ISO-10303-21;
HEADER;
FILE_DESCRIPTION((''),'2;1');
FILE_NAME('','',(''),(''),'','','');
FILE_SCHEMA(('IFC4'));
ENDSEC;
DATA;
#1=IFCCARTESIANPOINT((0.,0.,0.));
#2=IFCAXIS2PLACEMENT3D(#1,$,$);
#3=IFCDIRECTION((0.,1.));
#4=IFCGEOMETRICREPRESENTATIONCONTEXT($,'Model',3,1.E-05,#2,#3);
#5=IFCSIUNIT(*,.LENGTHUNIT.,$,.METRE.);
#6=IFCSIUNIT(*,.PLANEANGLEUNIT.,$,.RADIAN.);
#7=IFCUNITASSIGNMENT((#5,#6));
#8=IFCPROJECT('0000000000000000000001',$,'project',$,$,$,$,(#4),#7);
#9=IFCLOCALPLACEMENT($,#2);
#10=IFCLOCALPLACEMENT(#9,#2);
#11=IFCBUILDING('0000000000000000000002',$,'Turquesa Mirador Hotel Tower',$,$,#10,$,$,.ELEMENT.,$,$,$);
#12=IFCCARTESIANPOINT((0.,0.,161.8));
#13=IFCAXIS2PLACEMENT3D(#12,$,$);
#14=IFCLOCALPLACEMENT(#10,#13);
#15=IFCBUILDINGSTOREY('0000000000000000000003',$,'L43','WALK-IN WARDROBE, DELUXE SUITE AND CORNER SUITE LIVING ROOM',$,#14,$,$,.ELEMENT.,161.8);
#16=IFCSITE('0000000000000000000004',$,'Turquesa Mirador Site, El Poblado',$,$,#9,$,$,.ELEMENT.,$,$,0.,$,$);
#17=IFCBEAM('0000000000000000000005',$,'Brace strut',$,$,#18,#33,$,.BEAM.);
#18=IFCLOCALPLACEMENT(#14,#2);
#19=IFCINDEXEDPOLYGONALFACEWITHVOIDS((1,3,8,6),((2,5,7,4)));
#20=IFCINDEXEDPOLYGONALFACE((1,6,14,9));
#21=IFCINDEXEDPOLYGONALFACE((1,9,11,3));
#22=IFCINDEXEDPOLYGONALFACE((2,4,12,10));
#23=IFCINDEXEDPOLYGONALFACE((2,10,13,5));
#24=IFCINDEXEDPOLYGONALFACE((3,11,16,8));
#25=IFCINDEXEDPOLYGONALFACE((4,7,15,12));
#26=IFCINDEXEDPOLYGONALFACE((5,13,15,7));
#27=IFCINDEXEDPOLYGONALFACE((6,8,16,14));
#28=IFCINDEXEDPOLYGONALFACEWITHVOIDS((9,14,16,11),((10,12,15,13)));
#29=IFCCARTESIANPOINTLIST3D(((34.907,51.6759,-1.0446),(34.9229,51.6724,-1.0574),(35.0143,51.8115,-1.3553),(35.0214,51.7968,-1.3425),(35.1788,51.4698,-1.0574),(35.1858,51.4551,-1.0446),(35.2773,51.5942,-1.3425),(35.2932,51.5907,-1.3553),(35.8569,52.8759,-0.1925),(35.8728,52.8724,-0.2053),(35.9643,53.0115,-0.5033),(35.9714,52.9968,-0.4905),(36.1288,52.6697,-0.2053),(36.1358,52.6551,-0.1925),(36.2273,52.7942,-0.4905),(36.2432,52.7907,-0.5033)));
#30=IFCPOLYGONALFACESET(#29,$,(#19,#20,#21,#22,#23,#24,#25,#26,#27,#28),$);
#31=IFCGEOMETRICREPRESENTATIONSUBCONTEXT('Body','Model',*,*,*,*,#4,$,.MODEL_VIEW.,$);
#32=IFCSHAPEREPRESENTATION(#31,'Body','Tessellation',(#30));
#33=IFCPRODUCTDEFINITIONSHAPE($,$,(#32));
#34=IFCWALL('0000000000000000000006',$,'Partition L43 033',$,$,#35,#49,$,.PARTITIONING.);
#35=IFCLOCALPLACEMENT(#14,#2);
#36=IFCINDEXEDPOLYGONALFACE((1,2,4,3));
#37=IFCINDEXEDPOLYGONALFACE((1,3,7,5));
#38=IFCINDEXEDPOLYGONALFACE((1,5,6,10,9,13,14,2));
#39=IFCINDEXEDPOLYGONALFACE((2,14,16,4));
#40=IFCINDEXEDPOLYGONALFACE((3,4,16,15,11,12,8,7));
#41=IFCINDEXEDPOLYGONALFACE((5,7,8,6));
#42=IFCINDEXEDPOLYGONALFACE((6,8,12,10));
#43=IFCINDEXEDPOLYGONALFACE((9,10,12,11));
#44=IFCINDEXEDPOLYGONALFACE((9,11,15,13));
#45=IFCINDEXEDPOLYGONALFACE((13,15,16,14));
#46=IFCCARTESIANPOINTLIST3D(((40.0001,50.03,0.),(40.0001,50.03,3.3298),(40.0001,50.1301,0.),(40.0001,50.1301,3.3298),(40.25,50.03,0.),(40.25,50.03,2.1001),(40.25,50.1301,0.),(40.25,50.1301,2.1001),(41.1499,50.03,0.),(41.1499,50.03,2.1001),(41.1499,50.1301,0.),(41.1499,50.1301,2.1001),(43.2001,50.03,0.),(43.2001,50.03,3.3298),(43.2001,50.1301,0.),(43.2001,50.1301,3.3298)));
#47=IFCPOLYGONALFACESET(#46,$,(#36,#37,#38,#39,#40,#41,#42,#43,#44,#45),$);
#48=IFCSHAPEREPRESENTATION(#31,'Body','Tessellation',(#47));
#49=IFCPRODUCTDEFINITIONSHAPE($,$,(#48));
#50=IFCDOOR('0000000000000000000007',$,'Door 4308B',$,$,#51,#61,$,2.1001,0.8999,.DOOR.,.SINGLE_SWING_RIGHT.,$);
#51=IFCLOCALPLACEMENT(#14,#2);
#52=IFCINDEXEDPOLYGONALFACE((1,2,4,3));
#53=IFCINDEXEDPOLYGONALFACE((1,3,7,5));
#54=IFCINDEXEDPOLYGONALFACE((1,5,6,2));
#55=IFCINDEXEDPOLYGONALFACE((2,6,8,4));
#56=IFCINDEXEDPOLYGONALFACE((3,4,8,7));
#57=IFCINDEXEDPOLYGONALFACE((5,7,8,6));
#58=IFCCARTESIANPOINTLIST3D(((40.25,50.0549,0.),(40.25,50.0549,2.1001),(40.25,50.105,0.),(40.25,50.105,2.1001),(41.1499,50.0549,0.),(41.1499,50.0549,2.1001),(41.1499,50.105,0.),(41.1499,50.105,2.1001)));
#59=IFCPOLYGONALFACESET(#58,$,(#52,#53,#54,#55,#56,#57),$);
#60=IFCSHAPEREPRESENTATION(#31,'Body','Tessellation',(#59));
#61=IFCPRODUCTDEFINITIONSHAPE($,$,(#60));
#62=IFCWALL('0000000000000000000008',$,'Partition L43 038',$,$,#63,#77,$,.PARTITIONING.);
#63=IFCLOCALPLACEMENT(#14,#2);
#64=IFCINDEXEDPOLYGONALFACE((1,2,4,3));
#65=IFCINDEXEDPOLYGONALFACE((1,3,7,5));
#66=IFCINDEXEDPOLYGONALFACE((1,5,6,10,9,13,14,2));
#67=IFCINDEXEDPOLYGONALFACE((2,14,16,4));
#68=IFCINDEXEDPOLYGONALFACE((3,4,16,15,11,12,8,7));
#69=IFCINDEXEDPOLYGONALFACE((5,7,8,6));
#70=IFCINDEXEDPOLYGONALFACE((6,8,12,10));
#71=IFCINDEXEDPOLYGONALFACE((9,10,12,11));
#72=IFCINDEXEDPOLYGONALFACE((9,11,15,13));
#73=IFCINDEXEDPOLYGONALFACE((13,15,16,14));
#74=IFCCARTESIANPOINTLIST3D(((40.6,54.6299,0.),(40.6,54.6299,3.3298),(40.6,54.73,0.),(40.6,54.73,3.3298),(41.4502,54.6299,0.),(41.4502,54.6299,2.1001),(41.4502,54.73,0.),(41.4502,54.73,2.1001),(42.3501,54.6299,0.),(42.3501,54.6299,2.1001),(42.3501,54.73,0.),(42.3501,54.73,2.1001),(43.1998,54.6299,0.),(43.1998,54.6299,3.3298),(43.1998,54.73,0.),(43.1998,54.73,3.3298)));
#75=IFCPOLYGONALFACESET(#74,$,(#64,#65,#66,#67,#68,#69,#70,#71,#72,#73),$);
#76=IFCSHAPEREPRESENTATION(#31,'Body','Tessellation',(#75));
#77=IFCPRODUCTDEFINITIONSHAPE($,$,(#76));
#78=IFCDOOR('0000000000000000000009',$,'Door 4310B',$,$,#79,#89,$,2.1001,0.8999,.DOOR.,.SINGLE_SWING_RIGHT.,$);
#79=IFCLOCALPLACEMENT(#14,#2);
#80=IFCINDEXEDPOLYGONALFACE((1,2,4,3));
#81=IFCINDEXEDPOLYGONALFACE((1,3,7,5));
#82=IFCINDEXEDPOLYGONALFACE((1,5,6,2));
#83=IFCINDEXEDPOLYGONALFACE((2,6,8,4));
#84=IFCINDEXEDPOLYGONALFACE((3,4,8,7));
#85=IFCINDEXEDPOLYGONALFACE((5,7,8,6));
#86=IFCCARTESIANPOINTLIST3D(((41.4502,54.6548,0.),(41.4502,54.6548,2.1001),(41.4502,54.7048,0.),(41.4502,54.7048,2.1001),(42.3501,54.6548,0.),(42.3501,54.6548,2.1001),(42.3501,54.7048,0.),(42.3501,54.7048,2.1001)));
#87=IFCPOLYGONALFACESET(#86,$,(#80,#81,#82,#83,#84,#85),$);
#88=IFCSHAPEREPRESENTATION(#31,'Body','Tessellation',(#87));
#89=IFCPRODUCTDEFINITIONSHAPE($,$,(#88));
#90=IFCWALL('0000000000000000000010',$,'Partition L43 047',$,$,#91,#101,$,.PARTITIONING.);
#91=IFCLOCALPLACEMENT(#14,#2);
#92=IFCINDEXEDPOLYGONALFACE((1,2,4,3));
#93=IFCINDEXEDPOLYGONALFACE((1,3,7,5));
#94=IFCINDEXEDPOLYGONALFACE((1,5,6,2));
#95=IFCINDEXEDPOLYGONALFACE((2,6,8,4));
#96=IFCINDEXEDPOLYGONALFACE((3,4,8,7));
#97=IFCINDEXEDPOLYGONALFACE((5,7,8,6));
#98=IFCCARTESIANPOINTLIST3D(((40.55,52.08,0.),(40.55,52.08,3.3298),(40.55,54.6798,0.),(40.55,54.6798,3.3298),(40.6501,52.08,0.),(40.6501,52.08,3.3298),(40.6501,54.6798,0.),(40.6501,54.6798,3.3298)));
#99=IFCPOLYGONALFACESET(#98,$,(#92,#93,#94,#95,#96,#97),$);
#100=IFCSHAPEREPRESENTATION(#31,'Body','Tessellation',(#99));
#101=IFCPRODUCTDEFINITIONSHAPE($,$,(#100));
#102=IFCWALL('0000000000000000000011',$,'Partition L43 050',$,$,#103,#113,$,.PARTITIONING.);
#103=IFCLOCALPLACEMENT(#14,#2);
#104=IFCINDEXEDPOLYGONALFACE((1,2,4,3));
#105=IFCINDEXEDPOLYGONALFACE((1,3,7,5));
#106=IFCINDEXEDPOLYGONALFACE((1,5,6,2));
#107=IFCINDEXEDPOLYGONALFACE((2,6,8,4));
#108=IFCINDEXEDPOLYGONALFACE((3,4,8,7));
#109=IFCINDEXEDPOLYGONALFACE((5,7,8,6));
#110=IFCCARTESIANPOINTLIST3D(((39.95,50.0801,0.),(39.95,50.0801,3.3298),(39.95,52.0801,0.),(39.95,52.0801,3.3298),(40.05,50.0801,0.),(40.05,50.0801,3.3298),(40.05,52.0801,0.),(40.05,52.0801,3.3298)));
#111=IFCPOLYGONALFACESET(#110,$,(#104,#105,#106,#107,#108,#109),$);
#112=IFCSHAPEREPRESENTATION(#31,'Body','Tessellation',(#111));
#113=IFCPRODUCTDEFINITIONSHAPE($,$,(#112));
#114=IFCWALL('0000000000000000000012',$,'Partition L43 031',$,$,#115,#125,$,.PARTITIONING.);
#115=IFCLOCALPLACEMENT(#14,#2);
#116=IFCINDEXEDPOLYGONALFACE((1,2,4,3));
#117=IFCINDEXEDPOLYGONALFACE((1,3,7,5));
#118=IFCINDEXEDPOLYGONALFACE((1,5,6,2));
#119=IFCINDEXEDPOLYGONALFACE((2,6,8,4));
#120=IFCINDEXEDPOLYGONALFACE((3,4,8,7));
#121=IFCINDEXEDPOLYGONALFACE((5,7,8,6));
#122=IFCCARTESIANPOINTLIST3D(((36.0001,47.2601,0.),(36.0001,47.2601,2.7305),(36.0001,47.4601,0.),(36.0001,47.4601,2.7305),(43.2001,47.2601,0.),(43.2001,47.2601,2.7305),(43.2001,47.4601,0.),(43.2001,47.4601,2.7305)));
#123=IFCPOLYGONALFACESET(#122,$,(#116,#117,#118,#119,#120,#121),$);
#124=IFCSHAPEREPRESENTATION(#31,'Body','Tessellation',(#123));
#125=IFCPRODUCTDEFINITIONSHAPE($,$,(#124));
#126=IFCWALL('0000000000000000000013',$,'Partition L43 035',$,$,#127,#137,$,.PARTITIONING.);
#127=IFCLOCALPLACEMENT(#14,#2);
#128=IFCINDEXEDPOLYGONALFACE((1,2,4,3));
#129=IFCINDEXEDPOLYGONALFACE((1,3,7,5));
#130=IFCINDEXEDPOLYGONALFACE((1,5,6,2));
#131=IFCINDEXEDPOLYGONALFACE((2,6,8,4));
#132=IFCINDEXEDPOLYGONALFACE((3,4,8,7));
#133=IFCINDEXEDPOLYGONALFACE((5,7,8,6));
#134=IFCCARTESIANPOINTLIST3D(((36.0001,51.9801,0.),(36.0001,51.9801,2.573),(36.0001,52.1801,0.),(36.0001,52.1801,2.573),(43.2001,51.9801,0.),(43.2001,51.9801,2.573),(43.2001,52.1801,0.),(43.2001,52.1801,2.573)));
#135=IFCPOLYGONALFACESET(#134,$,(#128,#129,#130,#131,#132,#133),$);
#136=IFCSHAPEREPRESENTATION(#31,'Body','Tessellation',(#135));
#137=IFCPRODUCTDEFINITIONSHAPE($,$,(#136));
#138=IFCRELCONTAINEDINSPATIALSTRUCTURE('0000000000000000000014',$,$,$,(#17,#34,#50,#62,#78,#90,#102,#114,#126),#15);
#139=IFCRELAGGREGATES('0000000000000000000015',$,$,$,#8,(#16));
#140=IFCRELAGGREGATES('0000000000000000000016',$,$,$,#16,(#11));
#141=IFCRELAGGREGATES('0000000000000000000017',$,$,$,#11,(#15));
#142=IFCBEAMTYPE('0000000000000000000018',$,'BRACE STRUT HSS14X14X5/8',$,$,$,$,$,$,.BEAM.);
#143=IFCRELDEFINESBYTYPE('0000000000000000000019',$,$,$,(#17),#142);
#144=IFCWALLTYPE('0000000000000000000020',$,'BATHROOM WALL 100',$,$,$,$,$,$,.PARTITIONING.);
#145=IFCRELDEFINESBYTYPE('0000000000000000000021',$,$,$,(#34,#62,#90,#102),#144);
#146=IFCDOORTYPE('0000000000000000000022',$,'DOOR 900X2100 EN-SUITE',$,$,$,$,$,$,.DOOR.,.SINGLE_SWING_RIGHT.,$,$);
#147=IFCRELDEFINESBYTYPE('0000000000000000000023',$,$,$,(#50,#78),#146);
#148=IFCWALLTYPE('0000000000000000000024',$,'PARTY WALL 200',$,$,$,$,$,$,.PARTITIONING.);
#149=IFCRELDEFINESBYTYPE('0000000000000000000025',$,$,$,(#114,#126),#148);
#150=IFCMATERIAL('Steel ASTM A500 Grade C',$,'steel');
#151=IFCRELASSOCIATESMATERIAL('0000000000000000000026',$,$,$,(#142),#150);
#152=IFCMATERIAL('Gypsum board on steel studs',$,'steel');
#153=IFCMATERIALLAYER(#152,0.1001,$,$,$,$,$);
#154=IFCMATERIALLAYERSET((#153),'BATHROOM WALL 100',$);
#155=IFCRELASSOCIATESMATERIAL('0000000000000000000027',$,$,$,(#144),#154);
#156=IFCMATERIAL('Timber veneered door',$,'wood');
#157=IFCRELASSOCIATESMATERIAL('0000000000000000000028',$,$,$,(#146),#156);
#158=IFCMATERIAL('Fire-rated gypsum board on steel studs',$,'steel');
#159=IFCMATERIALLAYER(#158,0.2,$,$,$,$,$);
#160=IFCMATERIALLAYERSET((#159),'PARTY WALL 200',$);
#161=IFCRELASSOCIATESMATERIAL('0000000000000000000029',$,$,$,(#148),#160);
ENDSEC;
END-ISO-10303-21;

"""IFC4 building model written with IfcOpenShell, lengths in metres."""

from ifc_helpers import new_model, si_unit, direction, frame, frame_2d, origin, origin_2d, place, context, subcontext, project, spatial, rectangle, hollow_rectangle, extrude, material, layer, layer_set, material_profile, profile_set, type_object, element, fill, save


model = new_model("IFC4")

# Units and contexts
model_context = context("Model", 3, precision=1e-05, world=origin(), true_north=direction((0.0, 1.0)))
body_context = subcontext(model_context, "Body", "Model", "MODEL_VIEW")
ifc_project = project(units=[si_unit("LENGTHUNIT", "METRE"), si_unit("PLANEANGLEUNIT", "RADIAN")], contexts=[model_context])

# Site, building, storey
site_placement = place(None, origin())
site = spatial("IfcSite", under=ifc_project, at=site_placement, Name="Turquesa Mirador Site, El Poblado", CompositionType="ELEMENT", RefElevation=0.0)
building_placement = place(site_placement, origin())
building = spatial("IfcBuilding", under=site, at=building_placement, Name="Turquesa Mirador Hotel Tower", CompositionType="ELEMENT")
storey_placement = place(building_placement, frame((0.0, 0.0, 161.8)))
storey = spatial("IfcBuildingStorey", under=building, at=storey_placement, Name="L43", Description="WALK-IN WARDROBE, DELUXE SUITE AND CORNER SUITE LIVING ROOM", CompositionType="ELEMENT", Elevation=161.8)

# Beam
ifc_material_1 = material(Name="Steel ASTM A500 Grade C", Category="steel")
ifc_material_profile_1 = material_profile(ifc_material_1, hollow_rectangle(XDim=0.3557, YDim=0.3557, WallThickness=0.0146, at=origin_2d()), Name="HSS14X14X5/8")
ifc_profile_set_1 = profile_set([ifc_material_profile_1], Name="Steel ASTM A500 Grade C")
beam_type_1 = type_object("IfcBeamType", Name="BRACE STRUT HSS14X14X5/8", PredefinedType="BEAM", material=ifc_profile_set_1)
for number, where, z_axis, x_axis, name in (
    (1, (35.1001, 51.6333, -1.2), (0.542318, 0.68504, 0.486427), (-0.784049, 0.620699, 0.0), "Brace strut"),
):
    element("IfcBeam", number, at=place(storey_placement, frame(where, z_axis=z_axis, x_axis=x_axis)), inside=storey, type_object=beam_type_1, Name=name, PredefinedType="BEAM", context=body_context, shape_type="SweptSolid", body=[
        extrude(hollow_rectangle(XDim=0.3557, YDim=0.3557, WallThickness=0.0146, at=origin_2d()), origin(), (0.0, 0.0, 1.0), 1.7517),
    ])

# Walls, openings, doors
ifc_material_2 = material(Name="Gypsum board on steel studs", Category="steel")
ifc_layer_1 = layer(ifc_material_2, 0.1001)
ifc_layer_set_1 = layer_set([ifc_layer_1], Name="BATHROOM WALL 100")
wall_type_1 = type_object("IfcWallType", Name="BATHROOM WALL 100", PredefinedType="PARTITIONING", material=ifc_layer_set_1)
wall_1_placement = place(storey_placement, frame((40.0, 50.0801, 0.0), z_axis=(0.0, 0.0, 1.0), x_axis=(1.0, 0.0, 0.0)))
wall_1 = element("IfcWall", 2, at=wall_1_placement, inside=storey, type_object=wall_type_1, Name="Partition L43 033", PredefinedType="PARTITIONING", context=body_context, shape_type="SweptSolid", body=[
    extrude(rectangle(XDim=3.2, YDim=0.1001, at=frame_2d((1.6001, 0.0))), origin(), (0.0, 0.0, 1.0), 3.3298),
])
opening_1_placement = place(wall_1_placement, frame((0.25, 0.0, 0.0)))
opening_1 = element("IfcOpeningElement", 3, at=opening_1_placement, cuts=wall_1, PredefinedType="OPENING", context=body_context, shape_type="SweptSolid", body=[
    extrude(rectangle(XDim=0.8999, YDim=2.1001, at=frame_2d((0.45, 1.05))), frame((0.0, 0.0601, 0.0), z_axis=(0.0, -1.0, 0.0), x_axis=(1.0, 0.0, 0.0)), (0.0, 0.0, 1.0), 0.1201),
])
ifc_material_3 = material(Name="Timber veneered door", Category="wood")
door_type = type_object("IfcDoorType", Name="DOOR 900X2100 EN-SUITE", OperationType="SINGLE_SWING_RIGHT", PredefinedType="DOOR", material=ifc_material_3)
door_1_placement = place(opening_1_placement, origin())
door_1 = element("IfcDoor", 4, at=door_1_placement, inside=storey, type_object=door_type, Name="Door 4308B", OperationType="SINGLE_SWING_RIGHT", OverallHeight=2.1001, OverallWidth=0.8999, PredefinedType="DOOR", context=body_context, shape_type="SweptSolid", body=[
    extrude(rectangle(XDim=0.8999, YDim=2.1001, at=frame_2d((0.45, 1.05))), frame((0.0, 0.0249, 0.0), z_axis=(0.0, -1.0, 0.0), x_axis=(1.0, 0.0, 0.0)), (0.0, 0.0, 1.0), 0.05),
])
fill(opening_1, door_1)
wall_2_placement = place(storey_placement, frame((40.6001, 54.6799, 0.0), z_axis=(0.0, 0.0, 1.0), x_axis=(1.0, 0.0, 0.0)))
wall_2 = element("IfcWall", 5, at=wall_2_placement, inside=storey, type_object=wall_type_1, Name="Partition L43 038", PredefinedType="PARTITIONING", context=body_context, shape_type="SweptSolid", body=[
    extrude(rectangle(XDim=2.5999, YDim=0.1001, at=frame_2d((1.2998, 0.0))), origin(), (0.0, 0.0, 1.0), 3.3298),
])
opening_2_placement = place(wall_2_placement, frame((0.8501, 0.0, 0.0)))
opening_2 = element("IfcOpeningElement", 6, at=opening_2_placement, cuts=wall_2, PredefinedType="OPENING", context=body_context, shape_type="SweptSolid", body=[
    extrude(rectangle(XDim=0.8999, YDim=2.1001, at=frame_2d((0.45, 1.05))), frame((0.0, 0.0601, 0.0), z_axis=(0.0, -1.0, 0.0), x_axis=(1.0, 0.0, 0.0)), (0.0, 0.0, 1.0), 0.1201),
])
door_2_placement = place(opening_2_placement, origin())
door_2 = element("IfcDoor", 7, at=door_2_placement, inside=storey, type_object=door_type, Name="Door 4310B", OperationType="SINGLE_SWING_RIGHT", OverallHeight=2.1001, OverallWidth=0.8999, PredefinedType="DOOR", context=body_context, shape_type="SweptSolid", body=[
    extrude(rectangle(XDim=0.8999, YDim=2.1001, at=frame_2d((0.45, 1.05))), frame((0.0, 0.0249, 0.0), z_axis=(0.0, -1.0, 0.0), x_axis=(1.0, 0.0, 0.0)), (0.0, 0.0, 1.0), 0.05),
])
fill(opening_2, door_2)

# Walls
wall_3_placement = place(storey_placement, frame((40.6001, 52.0801, 0.0), z_axis=(0.0, 0.0, 1.0), x_axis=(0.0, 1.0, 0.0)))
element("IfcWall", 8, at=wall_3_placement, inside=storey, type_object=wall_type_1, Name="Partition L43 047", PredefinedType="PARTITIONING", context=body_context, shape_type="SweptSolid", body=[
    extrude(rectangle(XDim=2.5999, YDim=0.1001, at=frame_2d((1.2998, 0.0))), origin(), (0.0, 0.0, 1.0), 3.3298),
])
wall_4_placement = place(storey_placement, frame((40.0, 50.0801, 0.0), z_axis=(0.0, 0.0, 1.0), x_axis=(0.0, 1.0, 0.0)))
element("IfcWall", 9, at=wall_4_placement, inside=storey, type_object=wall_type_1, Name="Partition L43 050", PredefinedType="PARTITIONING", context=body_context, shape_type="SweptSolid", body=[
    extrude(rectangle(XDim=2.0, YDim=0.1001, at=frame_2d((1.0, 0.0))), origin(), (0.0, 0.0, 1.0), 3.3298),
])
ifc_material_4 = material(Name="Fire-rated gypsum board on steel studs", Category="steel")
ifc_layer_2 = layer(ifc_material_4, 0.2)
ifc_layer_set_2 = layer_set([ifc_layer_2], Name="PARTY WALL 200")
wall_type_2 = type_object("IfcWallType", Name="PARTY WALL 200", PredefinedType="PARTITIONING", material=ifc_layer_set_2)
wall_5_placement = place(storey_placement, frame((36.0, 47.3601, 0.0), z_axis=(0.0, 0.0, 1.0), x_axis=(1.0, 0.0, 0.0)))
element("IfcWall", 10, at=wall_5_placement, inside=storey, type_object=wall_type_2, Name="Partition L43 031", PredefinedType="PARTITIONING", context=body_context, shape_type="SweptSolid", body=[
    extrude(rectangle(XDim=7.2, YDim=0.2, at=frame_2d((3.6001, 0.0))), origin(), (0.0, 0.0, 1.0), 2.7305),
])
wall_6_placement = place(storey_placement, frame((36.0, 52.0801, 0.0), z_axis=(0.0, 0.0, 1.0), x_axis=(1.0, 0.0, 0.0)))
element("IfcWall", 11, at=wall_6_placement, inside=storey, type_object=wall_type_2, Name="Partition L43 035", PredefinedType="PARTITIONING", context=body_context, shape_type="SweptSolid", body=[
    extrude(rectangle(XDim=7.2, YDim=0.2, at=frame_2d((3.6001, 0.0))), origin(), (0.0, 0.0, 1.0), 2.573),
])

save(model, "model.ifc")
